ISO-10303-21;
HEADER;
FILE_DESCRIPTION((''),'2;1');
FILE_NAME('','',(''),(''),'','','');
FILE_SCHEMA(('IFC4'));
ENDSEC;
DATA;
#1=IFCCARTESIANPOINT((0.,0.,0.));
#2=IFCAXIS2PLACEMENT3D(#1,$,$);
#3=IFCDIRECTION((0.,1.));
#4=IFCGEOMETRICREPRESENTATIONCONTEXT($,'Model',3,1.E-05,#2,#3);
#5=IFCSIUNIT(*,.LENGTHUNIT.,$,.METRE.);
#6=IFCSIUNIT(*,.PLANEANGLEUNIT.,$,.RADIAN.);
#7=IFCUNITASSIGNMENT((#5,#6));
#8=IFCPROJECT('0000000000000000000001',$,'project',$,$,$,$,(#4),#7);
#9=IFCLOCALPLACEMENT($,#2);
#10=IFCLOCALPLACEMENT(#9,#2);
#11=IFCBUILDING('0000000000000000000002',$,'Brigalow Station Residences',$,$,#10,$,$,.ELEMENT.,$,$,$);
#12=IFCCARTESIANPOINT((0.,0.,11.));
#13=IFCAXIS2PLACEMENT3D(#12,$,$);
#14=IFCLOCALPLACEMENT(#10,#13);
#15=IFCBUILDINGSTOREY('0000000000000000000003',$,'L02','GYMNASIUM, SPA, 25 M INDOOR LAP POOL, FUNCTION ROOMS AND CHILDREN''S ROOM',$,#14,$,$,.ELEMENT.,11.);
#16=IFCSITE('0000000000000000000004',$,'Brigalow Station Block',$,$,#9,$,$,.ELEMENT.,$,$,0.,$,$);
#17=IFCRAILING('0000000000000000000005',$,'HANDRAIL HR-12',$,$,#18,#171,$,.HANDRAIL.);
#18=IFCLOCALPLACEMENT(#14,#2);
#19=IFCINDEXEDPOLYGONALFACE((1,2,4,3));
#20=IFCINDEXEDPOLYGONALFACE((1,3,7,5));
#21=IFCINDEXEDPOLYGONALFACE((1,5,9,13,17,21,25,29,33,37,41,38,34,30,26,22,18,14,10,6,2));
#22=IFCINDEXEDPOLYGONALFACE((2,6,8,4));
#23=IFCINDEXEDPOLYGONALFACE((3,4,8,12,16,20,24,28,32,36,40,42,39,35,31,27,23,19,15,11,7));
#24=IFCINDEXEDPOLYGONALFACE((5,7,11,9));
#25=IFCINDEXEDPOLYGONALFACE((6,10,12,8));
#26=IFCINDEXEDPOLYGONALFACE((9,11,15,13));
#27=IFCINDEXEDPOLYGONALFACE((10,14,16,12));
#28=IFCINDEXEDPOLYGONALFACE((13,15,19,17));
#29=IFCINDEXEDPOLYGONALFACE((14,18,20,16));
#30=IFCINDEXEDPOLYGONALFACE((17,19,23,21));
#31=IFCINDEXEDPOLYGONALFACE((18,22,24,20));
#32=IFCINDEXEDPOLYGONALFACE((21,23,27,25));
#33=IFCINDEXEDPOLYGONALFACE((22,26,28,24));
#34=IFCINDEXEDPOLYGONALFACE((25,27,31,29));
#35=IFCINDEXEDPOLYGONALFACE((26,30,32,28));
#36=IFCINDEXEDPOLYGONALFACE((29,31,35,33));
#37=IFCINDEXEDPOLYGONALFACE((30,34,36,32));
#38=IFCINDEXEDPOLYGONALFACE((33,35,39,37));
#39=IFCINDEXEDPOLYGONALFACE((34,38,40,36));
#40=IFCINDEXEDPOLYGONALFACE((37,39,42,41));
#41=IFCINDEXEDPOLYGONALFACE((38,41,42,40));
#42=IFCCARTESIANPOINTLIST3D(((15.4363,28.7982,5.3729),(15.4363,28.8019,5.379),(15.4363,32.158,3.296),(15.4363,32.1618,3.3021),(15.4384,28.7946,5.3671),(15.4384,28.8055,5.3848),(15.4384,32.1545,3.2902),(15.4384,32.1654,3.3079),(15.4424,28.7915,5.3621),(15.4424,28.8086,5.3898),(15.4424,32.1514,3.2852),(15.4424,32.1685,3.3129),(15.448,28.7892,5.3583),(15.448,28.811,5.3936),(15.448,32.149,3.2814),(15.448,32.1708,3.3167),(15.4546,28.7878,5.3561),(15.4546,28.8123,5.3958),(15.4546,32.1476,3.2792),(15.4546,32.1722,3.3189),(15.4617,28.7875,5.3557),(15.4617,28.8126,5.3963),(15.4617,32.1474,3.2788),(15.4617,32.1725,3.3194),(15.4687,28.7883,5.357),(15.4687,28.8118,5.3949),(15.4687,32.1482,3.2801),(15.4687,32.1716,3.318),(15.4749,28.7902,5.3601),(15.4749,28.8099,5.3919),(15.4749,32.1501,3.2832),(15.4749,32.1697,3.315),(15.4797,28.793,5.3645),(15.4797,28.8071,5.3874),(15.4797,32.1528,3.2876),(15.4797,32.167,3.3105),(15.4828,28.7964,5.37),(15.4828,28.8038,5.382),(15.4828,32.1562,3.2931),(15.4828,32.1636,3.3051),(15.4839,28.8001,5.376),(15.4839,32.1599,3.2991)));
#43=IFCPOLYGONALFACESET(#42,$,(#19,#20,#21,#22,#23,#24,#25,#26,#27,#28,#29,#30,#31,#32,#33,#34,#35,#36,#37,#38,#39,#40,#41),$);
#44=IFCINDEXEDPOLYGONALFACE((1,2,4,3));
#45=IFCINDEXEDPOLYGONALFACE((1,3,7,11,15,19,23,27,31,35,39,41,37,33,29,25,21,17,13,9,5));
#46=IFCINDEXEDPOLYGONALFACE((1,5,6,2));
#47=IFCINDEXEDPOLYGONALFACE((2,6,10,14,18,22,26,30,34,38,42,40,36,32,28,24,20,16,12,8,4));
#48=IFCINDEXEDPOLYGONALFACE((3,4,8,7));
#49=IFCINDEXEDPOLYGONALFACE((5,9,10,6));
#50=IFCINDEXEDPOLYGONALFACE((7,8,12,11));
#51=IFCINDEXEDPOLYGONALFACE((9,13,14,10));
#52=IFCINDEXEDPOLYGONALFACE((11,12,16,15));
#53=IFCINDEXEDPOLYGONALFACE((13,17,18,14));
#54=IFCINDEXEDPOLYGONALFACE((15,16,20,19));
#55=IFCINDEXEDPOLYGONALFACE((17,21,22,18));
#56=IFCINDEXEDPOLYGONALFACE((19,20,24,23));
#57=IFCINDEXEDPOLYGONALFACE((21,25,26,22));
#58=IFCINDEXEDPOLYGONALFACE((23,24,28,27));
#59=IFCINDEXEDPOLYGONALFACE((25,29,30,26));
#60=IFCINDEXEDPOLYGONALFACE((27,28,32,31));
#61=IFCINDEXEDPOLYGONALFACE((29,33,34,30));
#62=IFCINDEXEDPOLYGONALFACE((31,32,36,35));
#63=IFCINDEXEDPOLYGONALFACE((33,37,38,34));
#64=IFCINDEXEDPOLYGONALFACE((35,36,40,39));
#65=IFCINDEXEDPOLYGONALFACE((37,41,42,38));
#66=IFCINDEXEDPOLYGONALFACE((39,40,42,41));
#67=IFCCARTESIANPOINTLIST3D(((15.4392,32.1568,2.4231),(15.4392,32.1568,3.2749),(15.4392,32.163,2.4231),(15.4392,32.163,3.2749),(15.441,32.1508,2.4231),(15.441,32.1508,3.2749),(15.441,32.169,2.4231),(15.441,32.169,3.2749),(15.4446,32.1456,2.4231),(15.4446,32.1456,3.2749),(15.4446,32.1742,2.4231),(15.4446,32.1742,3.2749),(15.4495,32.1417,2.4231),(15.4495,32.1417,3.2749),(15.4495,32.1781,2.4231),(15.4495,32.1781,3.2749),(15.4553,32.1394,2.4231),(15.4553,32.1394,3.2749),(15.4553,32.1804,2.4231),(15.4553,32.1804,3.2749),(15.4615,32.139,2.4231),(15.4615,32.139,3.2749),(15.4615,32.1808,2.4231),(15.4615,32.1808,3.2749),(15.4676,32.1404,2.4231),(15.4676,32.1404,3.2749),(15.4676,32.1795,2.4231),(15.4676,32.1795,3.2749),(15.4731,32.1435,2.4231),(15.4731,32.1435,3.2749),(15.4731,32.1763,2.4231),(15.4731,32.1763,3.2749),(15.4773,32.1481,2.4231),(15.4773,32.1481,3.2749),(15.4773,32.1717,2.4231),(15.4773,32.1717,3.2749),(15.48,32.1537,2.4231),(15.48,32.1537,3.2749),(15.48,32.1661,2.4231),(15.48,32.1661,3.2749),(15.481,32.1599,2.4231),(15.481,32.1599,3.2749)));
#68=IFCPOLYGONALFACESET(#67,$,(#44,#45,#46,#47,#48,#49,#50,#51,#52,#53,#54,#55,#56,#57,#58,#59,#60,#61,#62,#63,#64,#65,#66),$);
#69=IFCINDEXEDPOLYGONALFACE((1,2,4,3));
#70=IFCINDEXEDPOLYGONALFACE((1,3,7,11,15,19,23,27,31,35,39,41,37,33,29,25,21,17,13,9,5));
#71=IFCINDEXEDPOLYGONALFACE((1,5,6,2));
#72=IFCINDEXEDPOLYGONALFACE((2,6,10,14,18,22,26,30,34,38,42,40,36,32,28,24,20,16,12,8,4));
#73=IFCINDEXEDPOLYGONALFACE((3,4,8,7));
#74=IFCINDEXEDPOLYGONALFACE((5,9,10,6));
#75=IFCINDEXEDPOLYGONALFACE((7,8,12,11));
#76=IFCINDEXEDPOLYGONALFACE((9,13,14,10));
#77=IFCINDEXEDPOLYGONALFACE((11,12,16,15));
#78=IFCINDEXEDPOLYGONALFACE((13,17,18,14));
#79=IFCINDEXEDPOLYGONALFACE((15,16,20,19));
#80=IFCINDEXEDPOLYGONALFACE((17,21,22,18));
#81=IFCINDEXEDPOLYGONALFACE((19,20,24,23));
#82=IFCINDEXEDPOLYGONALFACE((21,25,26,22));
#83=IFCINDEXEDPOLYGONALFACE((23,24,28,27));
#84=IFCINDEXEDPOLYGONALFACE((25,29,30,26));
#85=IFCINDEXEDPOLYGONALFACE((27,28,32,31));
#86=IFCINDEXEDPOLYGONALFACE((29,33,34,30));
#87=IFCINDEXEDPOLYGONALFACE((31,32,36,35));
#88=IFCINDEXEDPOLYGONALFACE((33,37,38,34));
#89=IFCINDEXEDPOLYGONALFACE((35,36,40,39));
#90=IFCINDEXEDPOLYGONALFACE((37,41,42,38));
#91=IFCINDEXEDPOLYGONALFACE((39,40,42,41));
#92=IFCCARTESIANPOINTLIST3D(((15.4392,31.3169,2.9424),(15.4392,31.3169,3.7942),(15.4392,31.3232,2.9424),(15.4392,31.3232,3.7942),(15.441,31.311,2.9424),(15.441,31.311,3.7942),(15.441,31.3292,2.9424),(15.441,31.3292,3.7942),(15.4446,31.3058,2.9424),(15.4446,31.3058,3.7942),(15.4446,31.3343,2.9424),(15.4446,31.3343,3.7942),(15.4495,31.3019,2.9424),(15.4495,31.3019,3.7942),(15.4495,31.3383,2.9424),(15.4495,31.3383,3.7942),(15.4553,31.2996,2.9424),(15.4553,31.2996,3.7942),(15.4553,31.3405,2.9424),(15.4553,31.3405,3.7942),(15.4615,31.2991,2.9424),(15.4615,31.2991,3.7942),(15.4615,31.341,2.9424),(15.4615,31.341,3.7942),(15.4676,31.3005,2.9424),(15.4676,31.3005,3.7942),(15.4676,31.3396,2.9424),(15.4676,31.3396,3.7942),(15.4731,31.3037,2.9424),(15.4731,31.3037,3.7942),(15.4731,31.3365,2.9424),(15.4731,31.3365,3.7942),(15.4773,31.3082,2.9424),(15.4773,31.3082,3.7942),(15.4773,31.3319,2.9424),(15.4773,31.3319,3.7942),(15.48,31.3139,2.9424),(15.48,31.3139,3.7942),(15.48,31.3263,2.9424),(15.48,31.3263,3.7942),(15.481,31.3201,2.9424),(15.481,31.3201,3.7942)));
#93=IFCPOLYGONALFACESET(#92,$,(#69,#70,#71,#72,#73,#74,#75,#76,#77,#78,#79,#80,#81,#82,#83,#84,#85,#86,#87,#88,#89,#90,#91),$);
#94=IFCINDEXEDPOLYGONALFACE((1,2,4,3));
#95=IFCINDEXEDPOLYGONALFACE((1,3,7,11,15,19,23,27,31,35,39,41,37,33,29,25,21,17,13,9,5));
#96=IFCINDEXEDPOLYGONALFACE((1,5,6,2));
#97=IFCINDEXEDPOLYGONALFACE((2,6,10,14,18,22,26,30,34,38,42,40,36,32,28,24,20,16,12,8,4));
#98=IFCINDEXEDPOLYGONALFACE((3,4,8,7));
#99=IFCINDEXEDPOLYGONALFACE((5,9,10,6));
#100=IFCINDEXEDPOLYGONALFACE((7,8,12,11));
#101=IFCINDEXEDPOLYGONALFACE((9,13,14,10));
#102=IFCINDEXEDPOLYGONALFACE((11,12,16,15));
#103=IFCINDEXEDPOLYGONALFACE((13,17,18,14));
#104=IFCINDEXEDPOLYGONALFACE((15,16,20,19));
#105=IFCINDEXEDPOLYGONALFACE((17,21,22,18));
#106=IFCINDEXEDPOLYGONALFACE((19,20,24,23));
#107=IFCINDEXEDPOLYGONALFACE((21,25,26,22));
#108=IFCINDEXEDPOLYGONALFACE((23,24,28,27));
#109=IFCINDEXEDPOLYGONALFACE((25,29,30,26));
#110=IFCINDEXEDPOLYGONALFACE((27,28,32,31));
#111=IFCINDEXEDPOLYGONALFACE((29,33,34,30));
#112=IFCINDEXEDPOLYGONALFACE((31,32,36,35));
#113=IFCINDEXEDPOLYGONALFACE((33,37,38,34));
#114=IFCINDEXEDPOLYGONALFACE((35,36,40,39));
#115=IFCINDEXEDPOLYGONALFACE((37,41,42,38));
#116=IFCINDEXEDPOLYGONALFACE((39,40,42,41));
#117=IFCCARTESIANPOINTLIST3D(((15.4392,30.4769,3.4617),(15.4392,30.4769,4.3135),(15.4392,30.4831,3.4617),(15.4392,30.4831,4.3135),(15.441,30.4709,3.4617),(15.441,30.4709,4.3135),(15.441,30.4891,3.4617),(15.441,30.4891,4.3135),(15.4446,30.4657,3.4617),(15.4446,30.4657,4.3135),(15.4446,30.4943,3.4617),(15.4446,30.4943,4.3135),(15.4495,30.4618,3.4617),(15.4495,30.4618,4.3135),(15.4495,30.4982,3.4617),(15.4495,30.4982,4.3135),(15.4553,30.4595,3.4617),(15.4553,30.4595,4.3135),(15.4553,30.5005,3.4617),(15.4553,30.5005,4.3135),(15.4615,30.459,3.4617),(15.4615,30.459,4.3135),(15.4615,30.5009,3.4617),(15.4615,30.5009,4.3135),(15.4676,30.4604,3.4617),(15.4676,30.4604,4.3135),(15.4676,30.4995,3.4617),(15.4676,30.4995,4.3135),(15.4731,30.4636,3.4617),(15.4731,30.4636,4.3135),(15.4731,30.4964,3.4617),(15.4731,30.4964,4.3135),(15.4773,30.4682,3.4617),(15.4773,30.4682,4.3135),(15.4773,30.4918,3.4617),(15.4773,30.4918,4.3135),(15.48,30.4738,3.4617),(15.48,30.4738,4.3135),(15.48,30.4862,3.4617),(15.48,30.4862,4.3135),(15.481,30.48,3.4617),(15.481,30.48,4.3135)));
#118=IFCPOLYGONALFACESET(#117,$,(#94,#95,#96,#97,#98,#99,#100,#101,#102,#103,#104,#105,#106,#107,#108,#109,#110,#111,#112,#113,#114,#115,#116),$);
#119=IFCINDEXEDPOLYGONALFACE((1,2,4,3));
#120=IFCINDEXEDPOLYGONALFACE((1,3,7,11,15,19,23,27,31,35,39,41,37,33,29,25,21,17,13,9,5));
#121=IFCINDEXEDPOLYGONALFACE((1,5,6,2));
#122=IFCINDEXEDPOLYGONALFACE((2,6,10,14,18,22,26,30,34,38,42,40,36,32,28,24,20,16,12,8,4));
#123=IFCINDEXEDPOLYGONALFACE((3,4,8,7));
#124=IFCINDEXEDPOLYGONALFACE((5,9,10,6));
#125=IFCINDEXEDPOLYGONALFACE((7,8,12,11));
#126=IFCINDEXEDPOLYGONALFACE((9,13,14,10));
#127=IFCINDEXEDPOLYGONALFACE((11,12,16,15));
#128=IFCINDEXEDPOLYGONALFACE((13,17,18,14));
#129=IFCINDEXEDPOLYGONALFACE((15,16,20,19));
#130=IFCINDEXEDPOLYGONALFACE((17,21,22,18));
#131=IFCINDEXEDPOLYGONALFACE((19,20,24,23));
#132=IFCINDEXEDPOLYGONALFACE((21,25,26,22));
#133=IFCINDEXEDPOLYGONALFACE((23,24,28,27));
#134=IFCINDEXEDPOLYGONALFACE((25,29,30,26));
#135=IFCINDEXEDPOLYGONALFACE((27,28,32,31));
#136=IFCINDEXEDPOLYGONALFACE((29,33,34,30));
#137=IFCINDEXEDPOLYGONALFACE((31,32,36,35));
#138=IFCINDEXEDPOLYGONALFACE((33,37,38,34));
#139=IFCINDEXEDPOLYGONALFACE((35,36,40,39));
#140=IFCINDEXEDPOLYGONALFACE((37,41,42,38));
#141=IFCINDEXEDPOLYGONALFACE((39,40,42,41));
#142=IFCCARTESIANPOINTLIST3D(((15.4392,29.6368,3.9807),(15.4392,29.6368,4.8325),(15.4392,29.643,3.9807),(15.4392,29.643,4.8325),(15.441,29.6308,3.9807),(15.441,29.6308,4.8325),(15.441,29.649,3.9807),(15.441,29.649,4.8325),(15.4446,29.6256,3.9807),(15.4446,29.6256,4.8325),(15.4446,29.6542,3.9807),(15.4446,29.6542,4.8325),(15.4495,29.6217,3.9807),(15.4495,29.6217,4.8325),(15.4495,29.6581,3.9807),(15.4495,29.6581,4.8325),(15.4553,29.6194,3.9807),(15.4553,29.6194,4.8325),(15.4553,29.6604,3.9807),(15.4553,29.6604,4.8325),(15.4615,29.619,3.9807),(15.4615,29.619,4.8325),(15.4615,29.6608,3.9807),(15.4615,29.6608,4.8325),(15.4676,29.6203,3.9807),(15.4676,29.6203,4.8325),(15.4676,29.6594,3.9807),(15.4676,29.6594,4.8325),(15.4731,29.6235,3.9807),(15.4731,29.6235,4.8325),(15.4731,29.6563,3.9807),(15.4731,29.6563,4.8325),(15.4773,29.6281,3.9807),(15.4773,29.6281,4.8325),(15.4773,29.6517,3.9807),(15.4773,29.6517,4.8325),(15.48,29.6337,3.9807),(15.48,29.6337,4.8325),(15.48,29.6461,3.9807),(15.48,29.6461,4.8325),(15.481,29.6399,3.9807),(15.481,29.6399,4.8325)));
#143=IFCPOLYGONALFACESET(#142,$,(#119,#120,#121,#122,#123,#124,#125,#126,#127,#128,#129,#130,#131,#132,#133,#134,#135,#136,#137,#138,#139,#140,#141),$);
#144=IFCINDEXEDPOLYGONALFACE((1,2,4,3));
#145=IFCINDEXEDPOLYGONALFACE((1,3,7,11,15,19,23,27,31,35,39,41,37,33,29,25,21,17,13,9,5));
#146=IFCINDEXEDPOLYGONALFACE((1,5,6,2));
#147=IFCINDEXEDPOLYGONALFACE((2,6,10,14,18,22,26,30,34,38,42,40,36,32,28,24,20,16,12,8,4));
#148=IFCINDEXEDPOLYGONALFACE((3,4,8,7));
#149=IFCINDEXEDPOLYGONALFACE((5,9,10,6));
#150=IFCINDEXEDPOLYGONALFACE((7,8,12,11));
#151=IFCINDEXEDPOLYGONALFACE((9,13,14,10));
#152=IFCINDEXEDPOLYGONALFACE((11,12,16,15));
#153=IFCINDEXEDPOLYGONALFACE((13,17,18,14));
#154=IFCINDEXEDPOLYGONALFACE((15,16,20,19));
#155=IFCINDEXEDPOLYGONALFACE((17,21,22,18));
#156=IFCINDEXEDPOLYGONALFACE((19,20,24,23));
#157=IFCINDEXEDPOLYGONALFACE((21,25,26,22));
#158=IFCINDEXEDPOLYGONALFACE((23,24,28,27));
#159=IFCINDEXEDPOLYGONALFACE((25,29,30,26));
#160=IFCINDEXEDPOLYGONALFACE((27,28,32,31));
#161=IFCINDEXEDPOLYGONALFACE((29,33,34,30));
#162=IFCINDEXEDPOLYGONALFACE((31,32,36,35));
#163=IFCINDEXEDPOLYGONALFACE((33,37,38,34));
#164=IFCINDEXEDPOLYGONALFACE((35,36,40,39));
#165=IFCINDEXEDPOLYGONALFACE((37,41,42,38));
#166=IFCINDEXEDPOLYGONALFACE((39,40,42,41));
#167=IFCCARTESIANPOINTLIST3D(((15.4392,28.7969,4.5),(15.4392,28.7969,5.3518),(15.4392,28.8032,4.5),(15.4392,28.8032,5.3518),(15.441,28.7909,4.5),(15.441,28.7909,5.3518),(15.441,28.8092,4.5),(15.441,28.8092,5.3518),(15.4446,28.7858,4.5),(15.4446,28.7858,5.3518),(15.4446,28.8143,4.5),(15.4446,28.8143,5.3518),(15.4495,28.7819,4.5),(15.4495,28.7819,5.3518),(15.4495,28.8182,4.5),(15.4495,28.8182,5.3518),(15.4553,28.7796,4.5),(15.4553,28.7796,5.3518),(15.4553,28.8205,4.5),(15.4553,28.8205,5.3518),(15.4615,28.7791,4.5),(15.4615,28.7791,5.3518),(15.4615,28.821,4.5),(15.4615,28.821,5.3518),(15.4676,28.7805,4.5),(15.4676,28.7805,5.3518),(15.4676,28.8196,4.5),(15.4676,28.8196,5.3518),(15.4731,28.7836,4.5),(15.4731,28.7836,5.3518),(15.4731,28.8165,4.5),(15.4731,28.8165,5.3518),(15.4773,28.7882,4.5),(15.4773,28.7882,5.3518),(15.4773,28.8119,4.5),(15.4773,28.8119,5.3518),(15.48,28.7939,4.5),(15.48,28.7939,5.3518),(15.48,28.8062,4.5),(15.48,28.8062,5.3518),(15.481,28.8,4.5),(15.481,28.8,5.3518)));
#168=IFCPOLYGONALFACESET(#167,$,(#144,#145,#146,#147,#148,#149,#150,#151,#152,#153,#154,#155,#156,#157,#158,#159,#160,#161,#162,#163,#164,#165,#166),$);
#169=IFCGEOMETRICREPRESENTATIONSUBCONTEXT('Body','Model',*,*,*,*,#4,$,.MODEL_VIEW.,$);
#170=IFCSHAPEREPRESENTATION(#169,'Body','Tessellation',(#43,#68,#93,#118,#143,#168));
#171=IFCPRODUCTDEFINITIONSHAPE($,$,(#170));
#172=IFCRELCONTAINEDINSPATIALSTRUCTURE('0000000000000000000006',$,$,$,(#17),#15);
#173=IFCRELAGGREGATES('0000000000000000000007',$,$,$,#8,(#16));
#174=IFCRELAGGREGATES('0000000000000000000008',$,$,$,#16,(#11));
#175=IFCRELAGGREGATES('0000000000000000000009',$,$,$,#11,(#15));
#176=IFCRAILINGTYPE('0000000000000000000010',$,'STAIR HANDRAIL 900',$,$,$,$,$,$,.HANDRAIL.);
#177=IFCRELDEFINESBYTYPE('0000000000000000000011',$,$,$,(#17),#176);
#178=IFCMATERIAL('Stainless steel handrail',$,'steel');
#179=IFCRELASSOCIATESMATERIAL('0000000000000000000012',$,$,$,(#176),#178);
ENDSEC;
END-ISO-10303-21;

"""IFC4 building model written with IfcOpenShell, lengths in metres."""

from ifc_helpers import new_model, si_unit, direction, frame, origin, origin_2d, place, context, subcontext, project, spatial, circle, extrude, material, type_object, element, save


model = new_model("IFC4")

# Units and contexts
model_context = context("Model", 3, precision=1e-05, world=origin(), true_north=direction((0.0, 1.0)))
body_context = subcontext(model_context, "Body", "Model", "MODEL_VIEW")
ifc_project = project(units=[si_unit("LENGTHUNIT", "METRE"), si_unit("PLANEANGLEUNIT", "RADIAN")], contexts=[model_context])

# Site, building, storey
site_placement = place(None, origin())
site = spatial("IfcSite", under=ifc_project, at=site_placement, Name="Brigalow Station Block", CompositionType="ELEMENT", RefElevation=0.0)
building_placement = place(site_placement, origin())
building = spatial("IfcBuilding", under=site, at=building_placement, Name="Brigalow Station Residences", CompositionType="ELEMENT")
storey_placement = place(building_placement, frame((0.0, 0.0, 11.0)))
storey = spatial("IfcBuildingStorey", under=building, at=storey_placement, Name="L02", Description="GYMNASIUM, SPA, 25 M INDOOR LAP POOL, FUNCTION ROOMS AND CHILDREN'S ROOM", CompositionType="ELEMENT", Elevation=11.0)

# Railing
ifc_material_1 = material(Name="Stainless steel handrail", Category="steel")
railing_type_1 = type_object("IfcRailingType", Name="STAIR HANDRAIL 900", PredefinedType="HANDRAIL", material=ifc_material_1)
railing_1_placement = place(storey_placement, frame((15.46, 32.1599, 2.4231)))
element("IfcRailing", 1, at=railing_1_placement, inside=storey, type_object=railing_type_1, Name="HANDRAIL HR-12", PredefinedType="HANDRAIL", context=body_context, shape_type="SweptSolid", body=[
    extrude(circle(Radius=0.0239, at=origin_2d()), frame((0.0, 0.0, 0.876), z_axis=(0.0, -0.850606, 0.525803), x_axis=(1.0, 0.0, 0.0)), (0.0, 0.0, 1.0), 3.95),
    extrude(circle(Radius=0.021, at=origin_2d()), origin(), (0.0, 0.0, 1.0), 0.8518),
    extrude(circle(Radius=0.021, at=origin_2d()), frame((0.0, -0.8398, 0.5193)), (0.0, 0.0, 1.0), 0.8518),
    extrude(circle(Radius=0.021, at=origin_2d()), frame((0.0, -1.6799, 1.0386)), (0.0, 0.0, 1.0), 0.8518),
    extrude(circle(Radius=0.021, at=origin_2d()), frame((0.0, -2.52, 1.5576)), (0.0, 0.0, 1.0), 0.8518),
    extrude(circle(Radius=0.021, at=origin_2d()), frame((0.0, -3.3599, 2.0769)), (0.0, 0.0, 1.0), 0.8518),
])

save(model, "model.ifc")
